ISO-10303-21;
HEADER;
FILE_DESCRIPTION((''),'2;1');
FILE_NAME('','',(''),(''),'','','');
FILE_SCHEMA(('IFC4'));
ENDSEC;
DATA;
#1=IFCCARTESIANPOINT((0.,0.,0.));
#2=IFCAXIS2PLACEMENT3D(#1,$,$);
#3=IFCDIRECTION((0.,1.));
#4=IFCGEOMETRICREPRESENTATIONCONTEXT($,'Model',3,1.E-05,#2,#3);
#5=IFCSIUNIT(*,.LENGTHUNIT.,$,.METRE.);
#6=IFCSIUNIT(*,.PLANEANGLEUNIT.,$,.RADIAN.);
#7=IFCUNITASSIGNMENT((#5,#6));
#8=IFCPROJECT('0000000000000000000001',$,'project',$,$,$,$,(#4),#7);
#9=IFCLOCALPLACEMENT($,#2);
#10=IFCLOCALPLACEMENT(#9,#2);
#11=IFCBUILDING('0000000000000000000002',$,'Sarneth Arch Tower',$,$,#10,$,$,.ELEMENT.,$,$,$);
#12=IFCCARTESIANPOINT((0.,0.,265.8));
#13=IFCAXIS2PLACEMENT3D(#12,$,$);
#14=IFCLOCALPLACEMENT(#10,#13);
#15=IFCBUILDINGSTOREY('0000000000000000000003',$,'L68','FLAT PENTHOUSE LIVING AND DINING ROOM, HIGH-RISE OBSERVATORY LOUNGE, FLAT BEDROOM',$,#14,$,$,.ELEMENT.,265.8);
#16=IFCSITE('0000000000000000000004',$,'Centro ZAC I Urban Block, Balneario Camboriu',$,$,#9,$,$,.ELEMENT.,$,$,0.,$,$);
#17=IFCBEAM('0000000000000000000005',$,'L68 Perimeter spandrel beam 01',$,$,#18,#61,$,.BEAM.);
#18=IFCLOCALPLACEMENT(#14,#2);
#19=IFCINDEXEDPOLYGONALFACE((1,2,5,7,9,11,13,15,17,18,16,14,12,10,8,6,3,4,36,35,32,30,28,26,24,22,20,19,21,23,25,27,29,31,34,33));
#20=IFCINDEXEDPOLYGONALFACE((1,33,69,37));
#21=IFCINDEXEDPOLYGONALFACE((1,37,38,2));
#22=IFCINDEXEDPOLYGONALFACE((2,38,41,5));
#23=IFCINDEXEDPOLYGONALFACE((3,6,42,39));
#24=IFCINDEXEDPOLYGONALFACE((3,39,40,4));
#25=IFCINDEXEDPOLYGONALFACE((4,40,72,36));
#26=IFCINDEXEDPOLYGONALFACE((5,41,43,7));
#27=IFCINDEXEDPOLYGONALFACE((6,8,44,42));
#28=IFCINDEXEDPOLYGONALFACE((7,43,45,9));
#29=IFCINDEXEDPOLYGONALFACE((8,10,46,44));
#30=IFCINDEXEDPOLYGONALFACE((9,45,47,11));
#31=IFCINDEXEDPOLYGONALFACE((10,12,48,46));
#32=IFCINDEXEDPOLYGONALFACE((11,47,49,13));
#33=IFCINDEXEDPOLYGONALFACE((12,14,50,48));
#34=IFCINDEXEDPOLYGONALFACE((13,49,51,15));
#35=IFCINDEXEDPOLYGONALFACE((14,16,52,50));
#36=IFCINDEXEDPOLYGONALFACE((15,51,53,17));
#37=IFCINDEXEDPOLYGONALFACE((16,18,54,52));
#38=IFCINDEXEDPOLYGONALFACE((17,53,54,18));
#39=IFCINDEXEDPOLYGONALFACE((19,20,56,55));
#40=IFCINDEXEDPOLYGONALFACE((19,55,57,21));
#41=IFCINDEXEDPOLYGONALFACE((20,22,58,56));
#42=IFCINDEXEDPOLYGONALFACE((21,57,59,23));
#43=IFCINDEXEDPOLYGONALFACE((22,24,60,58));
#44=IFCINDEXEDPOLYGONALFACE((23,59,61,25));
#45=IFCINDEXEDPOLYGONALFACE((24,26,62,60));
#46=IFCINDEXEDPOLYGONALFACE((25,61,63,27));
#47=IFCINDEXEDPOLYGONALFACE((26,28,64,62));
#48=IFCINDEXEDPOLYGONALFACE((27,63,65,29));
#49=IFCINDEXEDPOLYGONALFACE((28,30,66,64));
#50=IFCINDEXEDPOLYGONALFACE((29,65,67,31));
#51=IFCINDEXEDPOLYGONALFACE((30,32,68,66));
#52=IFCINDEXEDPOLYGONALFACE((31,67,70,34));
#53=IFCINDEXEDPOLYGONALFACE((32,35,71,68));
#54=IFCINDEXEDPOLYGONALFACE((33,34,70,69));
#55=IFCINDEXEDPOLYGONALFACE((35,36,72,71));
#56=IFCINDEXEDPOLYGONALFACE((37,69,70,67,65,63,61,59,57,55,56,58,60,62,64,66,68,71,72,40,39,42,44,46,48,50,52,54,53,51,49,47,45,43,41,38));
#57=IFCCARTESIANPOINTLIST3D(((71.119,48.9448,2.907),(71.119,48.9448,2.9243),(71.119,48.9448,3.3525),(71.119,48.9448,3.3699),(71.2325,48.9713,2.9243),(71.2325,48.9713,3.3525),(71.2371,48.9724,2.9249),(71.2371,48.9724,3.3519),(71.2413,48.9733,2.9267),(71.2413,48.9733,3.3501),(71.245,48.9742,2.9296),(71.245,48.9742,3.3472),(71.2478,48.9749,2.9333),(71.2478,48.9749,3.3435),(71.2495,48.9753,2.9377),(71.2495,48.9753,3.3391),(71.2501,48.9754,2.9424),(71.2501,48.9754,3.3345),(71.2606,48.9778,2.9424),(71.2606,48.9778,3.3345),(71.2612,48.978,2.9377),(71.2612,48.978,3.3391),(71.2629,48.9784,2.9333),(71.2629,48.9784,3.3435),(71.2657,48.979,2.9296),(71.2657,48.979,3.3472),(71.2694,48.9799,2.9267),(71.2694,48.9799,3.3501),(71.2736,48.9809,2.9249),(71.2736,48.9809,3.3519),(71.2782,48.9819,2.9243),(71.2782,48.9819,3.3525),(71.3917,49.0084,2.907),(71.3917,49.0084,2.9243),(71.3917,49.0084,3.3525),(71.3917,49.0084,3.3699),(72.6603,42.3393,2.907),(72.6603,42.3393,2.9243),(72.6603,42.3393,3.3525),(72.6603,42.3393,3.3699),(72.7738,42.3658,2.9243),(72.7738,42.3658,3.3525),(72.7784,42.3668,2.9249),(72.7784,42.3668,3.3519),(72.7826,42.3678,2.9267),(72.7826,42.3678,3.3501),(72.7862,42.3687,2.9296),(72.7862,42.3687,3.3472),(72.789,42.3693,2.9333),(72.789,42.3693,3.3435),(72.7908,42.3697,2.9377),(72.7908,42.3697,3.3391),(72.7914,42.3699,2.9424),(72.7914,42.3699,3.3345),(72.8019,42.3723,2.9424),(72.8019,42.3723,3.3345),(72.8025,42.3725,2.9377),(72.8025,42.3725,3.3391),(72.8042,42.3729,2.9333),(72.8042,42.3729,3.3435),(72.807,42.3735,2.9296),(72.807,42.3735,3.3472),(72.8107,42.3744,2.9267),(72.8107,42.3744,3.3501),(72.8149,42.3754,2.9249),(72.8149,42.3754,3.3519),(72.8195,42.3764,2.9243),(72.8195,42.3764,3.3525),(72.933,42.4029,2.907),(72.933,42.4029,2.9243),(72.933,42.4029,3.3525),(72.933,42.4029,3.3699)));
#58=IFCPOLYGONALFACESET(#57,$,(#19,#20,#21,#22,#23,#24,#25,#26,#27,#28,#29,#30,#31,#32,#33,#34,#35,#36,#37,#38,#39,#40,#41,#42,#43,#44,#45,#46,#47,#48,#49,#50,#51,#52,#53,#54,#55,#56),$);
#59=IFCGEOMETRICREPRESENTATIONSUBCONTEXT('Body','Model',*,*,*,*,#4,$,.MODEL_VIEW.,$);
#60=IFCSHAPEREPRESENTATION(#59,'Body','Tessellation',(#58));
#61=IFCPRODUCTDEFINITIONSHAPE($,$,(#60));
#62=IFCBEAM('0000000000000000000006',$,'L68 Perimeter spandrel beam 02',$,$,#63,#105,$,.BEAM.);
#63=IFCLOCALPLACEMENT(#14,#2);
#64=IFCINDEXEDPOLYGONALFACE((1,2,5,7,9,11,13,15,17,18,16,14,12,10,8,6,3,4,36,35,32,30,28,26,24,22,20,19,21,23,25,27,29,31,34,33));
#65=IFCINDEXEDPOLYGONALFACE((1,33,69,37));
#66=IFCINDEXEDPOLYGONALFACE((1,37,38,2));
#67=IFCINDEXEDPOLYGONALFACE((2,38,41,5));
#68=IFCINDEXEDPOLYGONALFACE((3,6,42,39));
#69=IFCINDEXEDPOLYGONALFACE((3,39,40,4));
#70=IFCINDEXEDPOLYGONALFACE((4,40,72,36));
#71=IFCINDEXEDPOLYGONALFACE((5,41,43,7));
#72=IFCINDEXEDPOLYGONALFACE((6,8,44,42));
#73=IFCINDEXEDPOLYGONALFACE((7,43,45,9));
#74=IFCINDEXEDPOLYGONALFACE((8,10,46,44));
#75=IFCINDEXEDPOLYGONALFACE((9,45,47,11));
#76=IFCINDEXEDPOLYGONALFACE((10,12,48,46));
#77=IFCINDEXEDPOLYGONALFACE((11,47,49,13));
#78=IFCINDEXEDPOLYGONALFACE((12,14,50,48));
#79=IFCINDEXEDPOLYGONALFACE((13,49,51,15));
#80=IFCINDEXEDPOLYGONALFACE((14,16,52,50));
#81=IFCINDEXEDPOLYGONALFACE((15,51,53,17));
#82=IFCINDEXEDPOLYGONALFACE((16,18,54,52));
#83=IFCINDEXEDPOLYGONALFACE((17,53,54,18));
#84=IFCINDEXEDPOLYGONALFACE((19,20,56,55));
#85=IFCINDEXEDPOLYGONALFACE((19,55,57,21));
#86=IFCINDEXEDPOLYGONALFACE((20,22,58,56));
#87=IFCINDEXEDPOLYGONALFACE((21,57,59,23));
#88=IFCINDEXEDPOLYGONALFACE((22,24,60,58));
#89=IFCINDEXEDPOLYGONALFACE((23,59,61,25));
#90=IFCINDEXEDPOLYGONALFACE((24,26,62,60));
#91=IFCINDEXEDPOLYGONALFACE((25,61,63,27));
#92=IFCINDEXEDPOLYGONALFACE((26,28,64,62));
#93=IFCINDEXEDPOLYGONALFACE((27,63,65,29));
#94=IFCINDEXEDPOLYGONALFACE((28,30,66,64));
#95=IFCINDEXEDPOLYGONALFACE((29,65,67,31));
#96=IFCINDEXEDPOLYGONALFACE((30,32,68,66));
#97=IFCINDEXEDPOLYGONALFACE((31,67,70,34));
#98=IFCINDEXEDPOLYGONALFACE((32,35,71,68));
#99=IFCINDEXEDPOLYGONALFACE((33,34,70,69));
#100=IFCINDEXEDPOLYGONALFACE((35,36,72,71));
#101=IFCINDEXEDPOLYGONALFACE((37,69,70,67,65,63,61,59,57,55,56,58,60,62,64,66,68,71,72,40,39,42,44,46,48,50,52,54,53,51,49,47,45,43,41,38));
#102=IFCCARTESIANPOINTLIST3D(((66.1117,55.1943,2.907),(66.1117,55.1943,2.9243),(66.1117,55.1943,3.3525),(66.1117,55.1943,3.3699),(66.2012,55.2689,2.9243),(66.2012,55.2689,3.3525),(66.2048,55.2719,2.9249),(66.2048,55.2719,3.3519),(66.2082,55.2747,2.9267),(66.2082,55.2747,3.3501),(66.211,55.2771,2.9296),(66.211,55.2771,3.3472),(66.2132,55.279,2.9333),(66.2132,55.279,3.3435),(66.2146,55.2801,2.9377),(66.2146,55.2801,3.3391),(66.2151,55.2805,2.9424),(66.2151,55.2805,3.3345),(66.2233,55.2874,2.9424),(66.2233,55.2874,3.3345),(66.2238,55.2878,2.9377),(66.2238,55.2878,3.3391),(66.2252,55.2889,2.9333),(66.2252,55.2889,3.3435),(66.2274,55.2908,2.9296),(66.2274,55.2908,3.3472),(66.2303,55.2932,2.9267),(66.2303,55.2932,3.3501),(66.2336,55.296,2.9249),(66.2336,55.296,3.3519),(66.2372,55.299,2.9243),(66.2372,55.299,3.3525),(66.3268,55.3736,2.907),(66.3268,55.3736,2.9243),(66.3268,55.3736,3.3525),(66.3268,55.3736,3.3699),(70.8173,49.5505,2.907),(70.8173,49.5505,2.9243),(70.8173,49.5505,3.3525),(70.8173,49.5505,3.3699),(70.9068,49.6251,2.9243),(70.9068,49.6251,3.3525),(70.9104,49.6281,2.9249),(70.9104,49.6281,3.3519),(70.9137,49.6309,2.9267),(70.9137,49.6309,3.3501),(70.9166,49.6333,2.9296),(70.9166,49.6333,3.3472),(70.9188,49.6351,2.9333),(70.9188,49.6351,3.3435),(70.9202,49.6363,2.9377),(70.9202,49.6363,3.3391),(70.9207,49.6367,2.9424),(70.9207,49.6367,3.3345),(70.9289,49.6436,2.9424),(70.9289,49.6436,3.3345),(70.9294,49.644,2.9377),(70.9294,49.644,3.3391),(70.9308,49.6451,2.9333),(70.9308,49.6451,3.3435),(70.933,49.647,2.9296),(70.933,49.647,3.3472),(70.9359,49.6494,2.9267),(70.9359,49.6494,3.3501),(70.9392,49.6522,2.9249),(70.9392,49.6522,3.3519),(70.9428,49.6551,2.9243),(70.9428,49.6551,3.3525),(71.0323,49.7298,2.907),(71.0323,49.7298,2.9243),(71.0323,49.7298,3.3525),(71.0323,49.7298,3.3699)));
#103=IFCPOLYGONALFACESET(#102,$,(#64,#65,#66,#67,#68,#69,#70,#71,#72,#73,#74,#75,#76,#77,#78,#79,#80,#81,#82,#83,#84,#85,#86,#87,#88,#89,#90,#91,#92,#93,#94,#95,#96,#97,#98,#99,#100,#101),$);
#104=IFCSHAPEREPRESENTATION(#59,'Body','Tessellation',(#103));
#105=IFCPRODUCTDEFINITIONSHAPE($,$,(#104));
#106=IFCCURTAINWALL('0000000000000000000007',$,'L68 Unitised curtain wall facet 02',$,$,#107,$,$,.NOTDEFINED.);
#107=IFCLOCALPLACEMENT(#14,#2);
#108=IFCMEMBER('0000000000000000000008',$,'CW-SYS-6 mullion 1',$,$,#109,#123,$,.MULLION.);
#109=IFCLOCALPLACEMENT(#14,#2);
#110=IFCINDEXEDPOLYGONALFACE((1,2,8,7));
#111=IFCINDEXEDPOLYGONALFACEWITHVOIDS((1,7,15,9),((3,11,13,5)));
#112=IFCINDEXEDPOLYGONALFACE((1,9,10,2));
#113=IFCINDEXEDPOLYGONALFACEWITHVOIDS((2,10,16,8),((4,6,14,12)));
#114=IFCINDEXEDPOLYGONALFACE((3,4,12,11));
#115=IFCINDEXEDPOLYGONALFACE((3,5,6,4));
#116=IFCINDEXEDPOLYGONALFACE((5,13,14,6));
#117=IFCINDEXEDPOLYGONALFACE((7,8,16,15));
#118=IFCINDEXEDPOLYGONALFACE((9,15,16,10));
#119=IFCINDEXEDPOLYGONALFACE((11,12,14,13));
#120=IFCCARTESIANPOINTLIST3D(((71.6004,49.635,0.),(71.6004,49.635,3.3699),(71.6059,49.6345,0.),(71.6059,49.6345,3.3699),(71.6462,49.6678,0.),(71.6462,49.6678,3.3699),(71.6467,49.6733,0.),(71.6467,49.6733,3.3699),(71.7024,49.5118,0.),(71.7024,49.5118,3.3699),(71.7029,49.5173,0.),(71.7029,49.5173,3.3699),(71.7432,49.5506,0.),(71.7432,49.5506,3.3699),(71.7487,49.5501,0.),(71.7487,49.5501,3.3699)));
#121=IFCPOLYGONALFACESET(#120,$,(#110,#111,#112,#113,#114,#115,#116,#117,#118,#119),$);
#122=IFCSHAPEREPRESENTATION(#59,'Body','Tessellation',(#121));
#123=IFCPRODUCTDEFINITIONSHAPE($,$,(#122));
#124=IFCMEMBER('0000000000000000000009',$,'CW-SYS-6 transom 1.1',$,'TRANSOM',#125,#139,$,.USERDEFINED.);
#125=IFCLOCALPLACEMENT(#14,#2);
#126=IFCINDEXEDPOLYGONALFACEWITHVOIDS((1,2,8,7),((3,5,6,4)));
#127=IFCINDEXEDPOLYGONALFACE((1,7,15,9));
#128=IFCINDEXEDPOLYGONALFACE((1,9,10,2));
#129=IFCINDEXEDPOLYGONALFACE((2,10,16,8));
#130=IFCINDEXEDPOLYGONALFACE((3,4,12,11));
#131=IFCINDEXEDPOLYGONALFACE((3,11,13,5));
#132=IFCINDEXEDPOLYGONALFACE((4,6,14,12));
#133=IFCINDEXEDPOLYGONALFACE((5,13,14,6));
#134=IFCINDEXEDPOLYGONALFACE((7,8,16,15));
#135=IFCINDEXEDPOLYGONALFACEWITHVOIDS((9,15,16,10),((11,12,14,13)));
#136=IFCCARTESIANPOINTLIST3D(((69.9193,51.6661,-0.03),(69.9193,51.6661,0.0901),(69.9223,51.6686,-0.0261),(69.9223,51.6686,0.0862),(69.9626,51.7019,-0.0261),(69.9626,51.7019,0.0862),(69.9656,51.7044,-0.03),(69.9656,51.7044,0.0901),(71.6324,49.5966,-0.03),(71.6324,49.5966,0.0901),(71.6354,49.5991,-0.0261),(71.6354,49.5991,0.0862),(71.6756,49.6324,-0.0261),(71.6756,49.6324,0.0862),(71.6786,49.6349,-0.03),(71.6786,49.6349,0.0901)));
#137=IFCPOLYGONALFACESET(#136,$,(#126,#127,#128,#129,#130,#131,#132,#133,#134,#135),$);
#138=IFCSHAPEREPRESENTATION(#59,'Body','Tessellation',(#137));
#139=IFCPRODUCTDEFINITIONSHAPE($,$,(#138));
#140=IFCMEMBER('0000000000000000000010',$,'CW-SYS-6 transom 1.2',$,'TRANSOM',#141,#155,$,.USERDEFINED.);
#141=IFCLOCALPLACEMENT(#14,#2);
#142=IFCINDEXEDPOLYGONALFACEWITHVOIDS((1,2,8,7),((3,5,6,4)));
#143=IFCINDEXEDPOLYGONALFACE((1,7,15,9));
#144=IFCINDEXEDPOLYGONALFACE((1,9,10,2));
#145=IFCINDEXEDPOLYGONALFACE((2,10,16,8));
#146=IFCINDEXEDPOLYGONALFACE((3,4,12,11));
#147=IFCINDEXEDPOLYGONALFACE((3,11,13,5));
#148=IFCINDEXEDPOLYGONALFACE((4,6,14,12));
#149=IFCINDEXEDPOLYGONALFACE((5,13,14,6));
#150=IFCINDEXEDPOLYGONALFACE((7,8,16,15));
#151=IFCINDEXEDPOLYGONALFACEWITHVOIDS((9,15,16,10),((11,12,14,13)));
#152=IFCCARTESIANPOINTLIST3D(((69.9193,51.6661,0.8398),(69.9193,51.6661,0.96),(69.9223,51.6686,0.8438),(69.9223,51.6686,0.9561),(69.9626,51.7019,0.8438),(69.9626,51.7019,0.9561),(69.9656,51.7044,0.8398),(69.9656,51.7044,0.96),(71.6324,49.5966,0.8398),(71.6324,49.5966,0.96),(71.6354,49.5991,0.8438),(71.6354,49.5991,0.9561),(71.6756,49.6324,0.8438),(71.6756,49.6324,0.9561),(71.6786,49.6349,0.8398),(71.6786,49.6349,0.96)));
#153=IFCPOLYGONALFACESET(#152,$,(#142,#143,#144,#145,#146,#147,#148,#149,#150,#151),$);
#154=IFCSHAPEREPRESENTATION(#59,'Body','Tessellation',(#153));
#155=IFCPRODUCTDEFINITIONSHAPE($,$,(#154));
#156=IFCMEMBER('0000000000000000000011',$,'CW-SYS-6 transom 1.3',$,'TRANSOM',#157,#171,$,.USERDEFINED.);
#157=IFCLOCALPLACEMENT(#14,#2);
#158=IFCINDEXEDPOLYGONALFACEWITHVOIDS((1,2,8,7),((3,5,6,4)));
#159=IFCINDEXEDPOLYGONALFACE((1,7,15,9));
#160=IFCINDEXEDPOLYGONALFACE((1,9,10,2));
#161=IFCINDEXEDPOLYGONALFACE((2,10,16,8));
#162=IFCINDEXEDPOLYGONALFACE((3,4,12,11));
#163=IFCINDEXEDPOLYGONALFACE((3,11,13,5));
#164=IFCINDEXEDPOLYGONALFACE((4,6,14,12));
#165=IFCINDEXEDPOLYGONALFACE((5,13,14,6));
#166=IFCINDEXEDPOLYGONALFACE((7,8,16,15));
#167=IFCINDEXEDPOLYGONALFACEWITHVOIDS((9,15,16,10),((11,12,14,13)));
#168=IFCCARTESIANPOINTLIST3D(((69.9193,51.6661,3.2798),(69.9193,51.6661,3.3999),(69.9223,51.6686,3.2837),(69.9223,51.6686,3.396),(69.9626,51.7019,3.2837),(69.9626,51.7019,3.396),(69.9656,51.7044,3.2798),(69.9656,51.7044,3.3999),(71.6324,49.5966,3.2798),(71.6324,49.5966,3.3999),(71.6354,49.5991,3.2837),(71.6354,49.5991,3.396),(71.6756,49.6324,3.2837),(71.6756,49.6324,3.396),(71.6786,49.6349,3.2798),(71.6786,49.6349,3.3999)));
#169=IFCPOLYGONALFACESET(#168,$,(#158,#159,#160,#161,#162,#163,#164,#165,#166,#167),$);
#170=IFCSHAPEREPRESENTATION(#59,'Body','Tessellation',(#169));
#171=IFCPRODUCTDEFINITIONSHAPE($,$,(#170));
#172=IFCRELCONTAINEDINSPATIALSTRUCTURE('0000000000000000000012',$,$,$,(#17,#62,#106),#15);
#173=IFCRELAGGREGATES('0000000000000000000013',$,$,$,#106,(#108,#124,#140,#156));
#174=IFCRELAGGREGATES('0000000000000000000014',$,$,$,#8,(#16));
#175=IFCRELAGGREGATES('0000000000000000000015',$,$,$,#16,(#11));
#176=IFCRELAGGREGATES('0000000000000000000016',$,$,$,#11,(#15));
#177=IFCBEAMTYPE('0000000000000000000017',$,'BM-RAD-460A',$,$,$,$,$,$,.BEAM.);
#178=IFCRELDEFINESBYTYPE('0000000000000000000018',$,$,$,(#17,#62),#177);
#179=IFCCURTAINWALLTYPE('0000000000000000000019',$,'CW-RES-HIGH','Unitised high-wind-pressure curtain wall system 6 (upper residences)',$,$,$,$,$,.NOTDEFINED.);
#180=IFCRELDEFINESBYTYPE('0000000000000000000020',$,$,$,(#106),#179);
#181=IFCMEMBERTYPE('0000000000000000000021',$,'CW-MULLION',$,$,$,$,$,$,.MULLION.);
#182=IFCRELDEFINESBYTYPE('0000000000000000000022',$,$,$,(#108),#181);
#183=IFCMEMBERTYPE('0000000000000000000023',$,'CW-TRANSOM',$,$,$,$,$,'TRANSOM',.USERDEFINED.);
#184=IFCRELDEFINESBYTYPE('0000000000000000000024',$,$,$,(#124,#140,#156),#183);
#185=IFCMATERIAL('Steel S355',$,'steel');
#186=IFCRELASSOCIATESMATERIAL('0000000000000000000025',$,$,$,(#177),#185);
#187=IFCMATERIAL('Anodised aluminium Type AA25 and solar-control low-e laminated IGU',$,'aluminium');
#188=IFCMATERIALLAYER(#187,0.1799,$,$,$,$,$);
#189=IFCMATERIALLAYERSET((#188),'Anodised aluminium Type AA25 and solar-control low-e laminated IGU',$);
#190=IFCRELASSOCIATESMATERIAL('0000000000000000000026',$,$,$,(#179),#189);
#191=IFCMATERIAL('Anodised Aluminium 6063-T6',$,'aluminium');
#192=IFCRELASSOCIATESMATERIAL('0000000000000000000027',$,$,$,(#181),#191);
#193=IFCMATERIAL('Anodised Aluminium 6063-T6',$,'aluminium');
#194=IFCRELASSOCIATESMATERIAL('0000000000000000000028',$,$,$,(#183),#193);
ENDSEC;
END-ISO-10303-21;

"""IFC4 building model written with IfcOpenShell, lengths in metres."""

from ifc_helpers import new_model, si_unit, direction, frame, origin, origin_2d, place, context, subcontext, project, spatial, hollow_rectangle, i_section, extrude, material, layer, layer_set, material_profile, profile_set, type_object, element, aggregate, save


model = new_model("IFC4")

# Units and contexts
model_context = context("Model", 3, precision=1e-05, world=origin(), true_north=direction((0.0, 1.0)))
body_context = subcontext(model_context, "Body", "Model", "MODEL_VIEW")
ifc_project = project(units=[si_unit("LENGTHUNIT", "METRE"), si_unit("PLANEANGLEUNIT", "RADIAN")], contexts=[model_context])

# Site, building, storey
site_placement = place(None, origin())
site = spatial("IfcSite", under=ifc_project, at=site_placement, Name="Centro ZAC I Urban Block, Balneario Camboriu", CompositionType="ELEMENT", RefElevation=0.0)
building_placement = place(site_placement, origin())
building = spatial("IfcBuilding", under=site, at=building_placement, Name="Sarneth Arch Tower", CompositionType="ELEMENT")
storey_placement = place(building_placement, frame((0.0, 0.0, 265.8)))
storey = spatial("IfcBuildingStorey", under=building, at=storey_placement, Name="L68", Description="FLAT PENTHOUSE LIVING AND DINING ROOM, HIGH-RISE OBSERVATORY LOUNGE, FLAT BEDROOM", CompositionType="ELEMENT", Elevation=265.8)

# Beams
ifc_material_1 = material(Name="Steel S355", Category="steel")
ifc_material_profile_1 = material_profile(ifc_material_1, i_section(OverallWidth=0.28, OverallDepth=0.4629, WebThickness=0.0107, FlangeThickness=0.0173, FilletRadius=0.0181, at=origin_2d()), Name="W460x113")
ifc_profile_set_1 = profile_set([ifc_material_profile_1], Name="Steel S355")
beam_type_1 = type_object("IfcBeamType", Name="BM-RAD-460A", PredefinedType="BEAM", material=ifc_profile_set_1)
beam_1_placement = place(storey_placement, frame((72.7966, 42.3711, 3.1384), z_axis=(-0.227227, 0.973842, 0.0), x_axis=(-0.973842, -0.227227, 0.0)))
element("IfcBeam", 1, at=beam_1_placement, inside=storey, type_object=beam_type_1, Name="L68 Perimeter spandrel beam 01", PredefinedType="BEAM", context=body_context, shape_type="SweptSolid", body=[
    extrude(i_section(OverallWidth=0.28, OverallDepth=0.4629, WebThickness=0.0107, FlangeThickness=0.0173, FilletRadius=0.0181, at=origin_2d()), origin(), (0.0, 0.0, 1.0), 6.783),
])
beam_2_placement = place(storey_placement, frame((70.9248, 49.6401, 3.1384), z_axis=(-0.640377, 0.768061, 0.0), x_axis=(-0.768061, -0.640377, 0.0)))
element("IfcBeam", 2, at=beam_2_placement, inside=storey, type_object=beam_type_1, Name="L68 Perimeter spandrel beam 02", PredefinedType="BEAM", context=body_context, shape_type="SweptSolid", body=[
    extrude(i_section(OverallWidth=0.28, OverallDepth=0.4629, WebThickness=0.0107, FlangeThickness=0.0173, FilletRadius=0.0181, at=origin_2d()), origin(), (0.0, 0.0, 1.0), 7.3481),
])

# Curtain wall, members
ifc_material_2 = material(Name="Anodised aluminium Type AA25 and solar-control low-e laminated IGU", Category="aluminium")
ifc_layer_1 = layer(ifc_material_2, 0.1799)
ifc_layer_set_1 = layer_set([ifc_layer_1], Name="Anodised aluminium Type AA25 and solar-control low-e laminated IGU")
curtain_wall_type = type_object("IfcCurtainWallType", Name="CW-RES-HIGH", Description="Unitised high-wind-pressure curtain wall system 6 (upper residences)", PredefinedType="NOTDEFINED", material=ifc_layer_set_1)
curtain_wall_placement = place(storey_placement, origin())
curtain_wall = element("IfcCurtainWall", 3, at=curtain_wall_placement, inside=storey, type_object=curtain_wall_type, Name="L68 Unitised curtain wall facet 02", PredefinedType="NOTDEFINED")
ifc_material_3 = material(Name="Anodised Aluminium 6063-T6", Category="aluminium")
ifc_material_profile_2 = material_profile(ifc_material_3, hollow_rectangle(XDim=0.0601, YDim=0.1599, WallThickness=0.0039, at=origin_2d()), Name="AL-MULL-160x60x4")
ifc_profile_set_2 = profile_set([ifc_material_profile_2], Name="Anodised Aluminium 6063-T6")
member_type_1 = type_object("IfcMemberType", Name="CW-MULLION", PredefinedType="MULLION", material=ifc_profile_set_2)
member_1_placement = place(storey_placement, frame((71.6746, 49.5925, 0.0), z_axis=(0.0, 0.0, 1.0), x_axis=(-0.770359, -0.63761, 0.0)))
member_1 = element("IfcMember", 4, at=member_1_placement, type_object=member_type_1, Name="CW-SYS-6 mullion 1", PredefinedType="MULLION", context=body_context, shape_type="SweptSolid", body=[
    extrude(hollow_rectangle(XDim=0.0601, YDim=0.1599, WallThickness=0.0039, at=origin_2d()), origin(), (0.0, 0.0, 1.0), 3.3699),
])
ifc_material_4 = material(Name="Anodised Aluminium 6063-T6", Category="aluminium")
ifc_material_profile_3 = material_profile(ifc_material_4, hollow_rectangle(XDim=0.0601, YDim=0.1201, WallThickness=0.0039, at=origin_2d()), Name="AL-TRAN-120x60x4")
ifc_profile_set_3 = profile_set([ifc_material_profile_3], Name="Anodised Aluminium 6063-T6")
member_type_2 = type_object("IfcMemberType", Name="CW-TRANSOM", ElementType="TRANSOM", PredefinedType="USERDEFINED", material=ifc_profile_set_3)
member_2_placement = place(storey_placement, frame((71.6555, 49.6157, 0.03), z_axis=(-0.637651, 0.770325, 0.0), x_axis=(-0.770325, -0.637651, 0.0)))
member_2 = element("IfcMember", 5, at=member_2_placement, type_object=member_type_2, Name="CW-SYS-6 transom 1.1", ObjectType="TRANSOM", PredefinedType="USERDEFINED", context=body_context, shape_type="SweptSolid", body=[
    extrude(hollow_rectangle(XDim=0.0601, YDim=0.1201, WallThickness=0.0039, at=origin_2d()), origin(), (0.0, 0.0, 1.0), 2.6865),
])
member_3_placement = place(storey_placement, frame((71.6555, 49.6157, 0.8999), z_axis=(-0.637651, 0.770325, 0.0), x_axis=(-0.770325, -0.637651, 0.0)))
member_3 = element("IfcMember", 6, at=member_3_placement, type_object=member_type_2, Name="CW-SYS-6 transom 1.2", ObjectType="TRANSOM", PredefinedType="USERDEFINED", context=body_context, shape_type="SweptSolid", body=[
    extrude(hollow_rectangle(XDim=0.0601, YDim=0.1201, WallThickness=0.0039, at=origin_2d()), origin(), (0.0, 0.0, 1.0), 2.6865),
])
member_4_placement = place(storey_placement, frame((71.6555, 49.6157, 3.3398), z_axis=(-0.637651, 0.770325, 0.0), x_axis=(-0.770325, -0.637651, 0.0)))
member_4 = element("IfcMember", 7, at=member_4_placement, type_object=member_type_2, Name="CW-SYS-6 transom 1.3", ObjectType="TRANSOM", PredefinedType="USERDEFINED", context=body_context, shape_type="SweptSolid", body=[
    extrude(hollow_rectangle(XDim=0.0601, YDim=0.1201, WallThickness=0.0039, at=origin_2d()), origin(), (0.0, 0.0, 1.0), 2.6865),
])

aggregate(curtain_wall, [member_1, member_2, member_3, member_4])

save(model, "model.ifc")
